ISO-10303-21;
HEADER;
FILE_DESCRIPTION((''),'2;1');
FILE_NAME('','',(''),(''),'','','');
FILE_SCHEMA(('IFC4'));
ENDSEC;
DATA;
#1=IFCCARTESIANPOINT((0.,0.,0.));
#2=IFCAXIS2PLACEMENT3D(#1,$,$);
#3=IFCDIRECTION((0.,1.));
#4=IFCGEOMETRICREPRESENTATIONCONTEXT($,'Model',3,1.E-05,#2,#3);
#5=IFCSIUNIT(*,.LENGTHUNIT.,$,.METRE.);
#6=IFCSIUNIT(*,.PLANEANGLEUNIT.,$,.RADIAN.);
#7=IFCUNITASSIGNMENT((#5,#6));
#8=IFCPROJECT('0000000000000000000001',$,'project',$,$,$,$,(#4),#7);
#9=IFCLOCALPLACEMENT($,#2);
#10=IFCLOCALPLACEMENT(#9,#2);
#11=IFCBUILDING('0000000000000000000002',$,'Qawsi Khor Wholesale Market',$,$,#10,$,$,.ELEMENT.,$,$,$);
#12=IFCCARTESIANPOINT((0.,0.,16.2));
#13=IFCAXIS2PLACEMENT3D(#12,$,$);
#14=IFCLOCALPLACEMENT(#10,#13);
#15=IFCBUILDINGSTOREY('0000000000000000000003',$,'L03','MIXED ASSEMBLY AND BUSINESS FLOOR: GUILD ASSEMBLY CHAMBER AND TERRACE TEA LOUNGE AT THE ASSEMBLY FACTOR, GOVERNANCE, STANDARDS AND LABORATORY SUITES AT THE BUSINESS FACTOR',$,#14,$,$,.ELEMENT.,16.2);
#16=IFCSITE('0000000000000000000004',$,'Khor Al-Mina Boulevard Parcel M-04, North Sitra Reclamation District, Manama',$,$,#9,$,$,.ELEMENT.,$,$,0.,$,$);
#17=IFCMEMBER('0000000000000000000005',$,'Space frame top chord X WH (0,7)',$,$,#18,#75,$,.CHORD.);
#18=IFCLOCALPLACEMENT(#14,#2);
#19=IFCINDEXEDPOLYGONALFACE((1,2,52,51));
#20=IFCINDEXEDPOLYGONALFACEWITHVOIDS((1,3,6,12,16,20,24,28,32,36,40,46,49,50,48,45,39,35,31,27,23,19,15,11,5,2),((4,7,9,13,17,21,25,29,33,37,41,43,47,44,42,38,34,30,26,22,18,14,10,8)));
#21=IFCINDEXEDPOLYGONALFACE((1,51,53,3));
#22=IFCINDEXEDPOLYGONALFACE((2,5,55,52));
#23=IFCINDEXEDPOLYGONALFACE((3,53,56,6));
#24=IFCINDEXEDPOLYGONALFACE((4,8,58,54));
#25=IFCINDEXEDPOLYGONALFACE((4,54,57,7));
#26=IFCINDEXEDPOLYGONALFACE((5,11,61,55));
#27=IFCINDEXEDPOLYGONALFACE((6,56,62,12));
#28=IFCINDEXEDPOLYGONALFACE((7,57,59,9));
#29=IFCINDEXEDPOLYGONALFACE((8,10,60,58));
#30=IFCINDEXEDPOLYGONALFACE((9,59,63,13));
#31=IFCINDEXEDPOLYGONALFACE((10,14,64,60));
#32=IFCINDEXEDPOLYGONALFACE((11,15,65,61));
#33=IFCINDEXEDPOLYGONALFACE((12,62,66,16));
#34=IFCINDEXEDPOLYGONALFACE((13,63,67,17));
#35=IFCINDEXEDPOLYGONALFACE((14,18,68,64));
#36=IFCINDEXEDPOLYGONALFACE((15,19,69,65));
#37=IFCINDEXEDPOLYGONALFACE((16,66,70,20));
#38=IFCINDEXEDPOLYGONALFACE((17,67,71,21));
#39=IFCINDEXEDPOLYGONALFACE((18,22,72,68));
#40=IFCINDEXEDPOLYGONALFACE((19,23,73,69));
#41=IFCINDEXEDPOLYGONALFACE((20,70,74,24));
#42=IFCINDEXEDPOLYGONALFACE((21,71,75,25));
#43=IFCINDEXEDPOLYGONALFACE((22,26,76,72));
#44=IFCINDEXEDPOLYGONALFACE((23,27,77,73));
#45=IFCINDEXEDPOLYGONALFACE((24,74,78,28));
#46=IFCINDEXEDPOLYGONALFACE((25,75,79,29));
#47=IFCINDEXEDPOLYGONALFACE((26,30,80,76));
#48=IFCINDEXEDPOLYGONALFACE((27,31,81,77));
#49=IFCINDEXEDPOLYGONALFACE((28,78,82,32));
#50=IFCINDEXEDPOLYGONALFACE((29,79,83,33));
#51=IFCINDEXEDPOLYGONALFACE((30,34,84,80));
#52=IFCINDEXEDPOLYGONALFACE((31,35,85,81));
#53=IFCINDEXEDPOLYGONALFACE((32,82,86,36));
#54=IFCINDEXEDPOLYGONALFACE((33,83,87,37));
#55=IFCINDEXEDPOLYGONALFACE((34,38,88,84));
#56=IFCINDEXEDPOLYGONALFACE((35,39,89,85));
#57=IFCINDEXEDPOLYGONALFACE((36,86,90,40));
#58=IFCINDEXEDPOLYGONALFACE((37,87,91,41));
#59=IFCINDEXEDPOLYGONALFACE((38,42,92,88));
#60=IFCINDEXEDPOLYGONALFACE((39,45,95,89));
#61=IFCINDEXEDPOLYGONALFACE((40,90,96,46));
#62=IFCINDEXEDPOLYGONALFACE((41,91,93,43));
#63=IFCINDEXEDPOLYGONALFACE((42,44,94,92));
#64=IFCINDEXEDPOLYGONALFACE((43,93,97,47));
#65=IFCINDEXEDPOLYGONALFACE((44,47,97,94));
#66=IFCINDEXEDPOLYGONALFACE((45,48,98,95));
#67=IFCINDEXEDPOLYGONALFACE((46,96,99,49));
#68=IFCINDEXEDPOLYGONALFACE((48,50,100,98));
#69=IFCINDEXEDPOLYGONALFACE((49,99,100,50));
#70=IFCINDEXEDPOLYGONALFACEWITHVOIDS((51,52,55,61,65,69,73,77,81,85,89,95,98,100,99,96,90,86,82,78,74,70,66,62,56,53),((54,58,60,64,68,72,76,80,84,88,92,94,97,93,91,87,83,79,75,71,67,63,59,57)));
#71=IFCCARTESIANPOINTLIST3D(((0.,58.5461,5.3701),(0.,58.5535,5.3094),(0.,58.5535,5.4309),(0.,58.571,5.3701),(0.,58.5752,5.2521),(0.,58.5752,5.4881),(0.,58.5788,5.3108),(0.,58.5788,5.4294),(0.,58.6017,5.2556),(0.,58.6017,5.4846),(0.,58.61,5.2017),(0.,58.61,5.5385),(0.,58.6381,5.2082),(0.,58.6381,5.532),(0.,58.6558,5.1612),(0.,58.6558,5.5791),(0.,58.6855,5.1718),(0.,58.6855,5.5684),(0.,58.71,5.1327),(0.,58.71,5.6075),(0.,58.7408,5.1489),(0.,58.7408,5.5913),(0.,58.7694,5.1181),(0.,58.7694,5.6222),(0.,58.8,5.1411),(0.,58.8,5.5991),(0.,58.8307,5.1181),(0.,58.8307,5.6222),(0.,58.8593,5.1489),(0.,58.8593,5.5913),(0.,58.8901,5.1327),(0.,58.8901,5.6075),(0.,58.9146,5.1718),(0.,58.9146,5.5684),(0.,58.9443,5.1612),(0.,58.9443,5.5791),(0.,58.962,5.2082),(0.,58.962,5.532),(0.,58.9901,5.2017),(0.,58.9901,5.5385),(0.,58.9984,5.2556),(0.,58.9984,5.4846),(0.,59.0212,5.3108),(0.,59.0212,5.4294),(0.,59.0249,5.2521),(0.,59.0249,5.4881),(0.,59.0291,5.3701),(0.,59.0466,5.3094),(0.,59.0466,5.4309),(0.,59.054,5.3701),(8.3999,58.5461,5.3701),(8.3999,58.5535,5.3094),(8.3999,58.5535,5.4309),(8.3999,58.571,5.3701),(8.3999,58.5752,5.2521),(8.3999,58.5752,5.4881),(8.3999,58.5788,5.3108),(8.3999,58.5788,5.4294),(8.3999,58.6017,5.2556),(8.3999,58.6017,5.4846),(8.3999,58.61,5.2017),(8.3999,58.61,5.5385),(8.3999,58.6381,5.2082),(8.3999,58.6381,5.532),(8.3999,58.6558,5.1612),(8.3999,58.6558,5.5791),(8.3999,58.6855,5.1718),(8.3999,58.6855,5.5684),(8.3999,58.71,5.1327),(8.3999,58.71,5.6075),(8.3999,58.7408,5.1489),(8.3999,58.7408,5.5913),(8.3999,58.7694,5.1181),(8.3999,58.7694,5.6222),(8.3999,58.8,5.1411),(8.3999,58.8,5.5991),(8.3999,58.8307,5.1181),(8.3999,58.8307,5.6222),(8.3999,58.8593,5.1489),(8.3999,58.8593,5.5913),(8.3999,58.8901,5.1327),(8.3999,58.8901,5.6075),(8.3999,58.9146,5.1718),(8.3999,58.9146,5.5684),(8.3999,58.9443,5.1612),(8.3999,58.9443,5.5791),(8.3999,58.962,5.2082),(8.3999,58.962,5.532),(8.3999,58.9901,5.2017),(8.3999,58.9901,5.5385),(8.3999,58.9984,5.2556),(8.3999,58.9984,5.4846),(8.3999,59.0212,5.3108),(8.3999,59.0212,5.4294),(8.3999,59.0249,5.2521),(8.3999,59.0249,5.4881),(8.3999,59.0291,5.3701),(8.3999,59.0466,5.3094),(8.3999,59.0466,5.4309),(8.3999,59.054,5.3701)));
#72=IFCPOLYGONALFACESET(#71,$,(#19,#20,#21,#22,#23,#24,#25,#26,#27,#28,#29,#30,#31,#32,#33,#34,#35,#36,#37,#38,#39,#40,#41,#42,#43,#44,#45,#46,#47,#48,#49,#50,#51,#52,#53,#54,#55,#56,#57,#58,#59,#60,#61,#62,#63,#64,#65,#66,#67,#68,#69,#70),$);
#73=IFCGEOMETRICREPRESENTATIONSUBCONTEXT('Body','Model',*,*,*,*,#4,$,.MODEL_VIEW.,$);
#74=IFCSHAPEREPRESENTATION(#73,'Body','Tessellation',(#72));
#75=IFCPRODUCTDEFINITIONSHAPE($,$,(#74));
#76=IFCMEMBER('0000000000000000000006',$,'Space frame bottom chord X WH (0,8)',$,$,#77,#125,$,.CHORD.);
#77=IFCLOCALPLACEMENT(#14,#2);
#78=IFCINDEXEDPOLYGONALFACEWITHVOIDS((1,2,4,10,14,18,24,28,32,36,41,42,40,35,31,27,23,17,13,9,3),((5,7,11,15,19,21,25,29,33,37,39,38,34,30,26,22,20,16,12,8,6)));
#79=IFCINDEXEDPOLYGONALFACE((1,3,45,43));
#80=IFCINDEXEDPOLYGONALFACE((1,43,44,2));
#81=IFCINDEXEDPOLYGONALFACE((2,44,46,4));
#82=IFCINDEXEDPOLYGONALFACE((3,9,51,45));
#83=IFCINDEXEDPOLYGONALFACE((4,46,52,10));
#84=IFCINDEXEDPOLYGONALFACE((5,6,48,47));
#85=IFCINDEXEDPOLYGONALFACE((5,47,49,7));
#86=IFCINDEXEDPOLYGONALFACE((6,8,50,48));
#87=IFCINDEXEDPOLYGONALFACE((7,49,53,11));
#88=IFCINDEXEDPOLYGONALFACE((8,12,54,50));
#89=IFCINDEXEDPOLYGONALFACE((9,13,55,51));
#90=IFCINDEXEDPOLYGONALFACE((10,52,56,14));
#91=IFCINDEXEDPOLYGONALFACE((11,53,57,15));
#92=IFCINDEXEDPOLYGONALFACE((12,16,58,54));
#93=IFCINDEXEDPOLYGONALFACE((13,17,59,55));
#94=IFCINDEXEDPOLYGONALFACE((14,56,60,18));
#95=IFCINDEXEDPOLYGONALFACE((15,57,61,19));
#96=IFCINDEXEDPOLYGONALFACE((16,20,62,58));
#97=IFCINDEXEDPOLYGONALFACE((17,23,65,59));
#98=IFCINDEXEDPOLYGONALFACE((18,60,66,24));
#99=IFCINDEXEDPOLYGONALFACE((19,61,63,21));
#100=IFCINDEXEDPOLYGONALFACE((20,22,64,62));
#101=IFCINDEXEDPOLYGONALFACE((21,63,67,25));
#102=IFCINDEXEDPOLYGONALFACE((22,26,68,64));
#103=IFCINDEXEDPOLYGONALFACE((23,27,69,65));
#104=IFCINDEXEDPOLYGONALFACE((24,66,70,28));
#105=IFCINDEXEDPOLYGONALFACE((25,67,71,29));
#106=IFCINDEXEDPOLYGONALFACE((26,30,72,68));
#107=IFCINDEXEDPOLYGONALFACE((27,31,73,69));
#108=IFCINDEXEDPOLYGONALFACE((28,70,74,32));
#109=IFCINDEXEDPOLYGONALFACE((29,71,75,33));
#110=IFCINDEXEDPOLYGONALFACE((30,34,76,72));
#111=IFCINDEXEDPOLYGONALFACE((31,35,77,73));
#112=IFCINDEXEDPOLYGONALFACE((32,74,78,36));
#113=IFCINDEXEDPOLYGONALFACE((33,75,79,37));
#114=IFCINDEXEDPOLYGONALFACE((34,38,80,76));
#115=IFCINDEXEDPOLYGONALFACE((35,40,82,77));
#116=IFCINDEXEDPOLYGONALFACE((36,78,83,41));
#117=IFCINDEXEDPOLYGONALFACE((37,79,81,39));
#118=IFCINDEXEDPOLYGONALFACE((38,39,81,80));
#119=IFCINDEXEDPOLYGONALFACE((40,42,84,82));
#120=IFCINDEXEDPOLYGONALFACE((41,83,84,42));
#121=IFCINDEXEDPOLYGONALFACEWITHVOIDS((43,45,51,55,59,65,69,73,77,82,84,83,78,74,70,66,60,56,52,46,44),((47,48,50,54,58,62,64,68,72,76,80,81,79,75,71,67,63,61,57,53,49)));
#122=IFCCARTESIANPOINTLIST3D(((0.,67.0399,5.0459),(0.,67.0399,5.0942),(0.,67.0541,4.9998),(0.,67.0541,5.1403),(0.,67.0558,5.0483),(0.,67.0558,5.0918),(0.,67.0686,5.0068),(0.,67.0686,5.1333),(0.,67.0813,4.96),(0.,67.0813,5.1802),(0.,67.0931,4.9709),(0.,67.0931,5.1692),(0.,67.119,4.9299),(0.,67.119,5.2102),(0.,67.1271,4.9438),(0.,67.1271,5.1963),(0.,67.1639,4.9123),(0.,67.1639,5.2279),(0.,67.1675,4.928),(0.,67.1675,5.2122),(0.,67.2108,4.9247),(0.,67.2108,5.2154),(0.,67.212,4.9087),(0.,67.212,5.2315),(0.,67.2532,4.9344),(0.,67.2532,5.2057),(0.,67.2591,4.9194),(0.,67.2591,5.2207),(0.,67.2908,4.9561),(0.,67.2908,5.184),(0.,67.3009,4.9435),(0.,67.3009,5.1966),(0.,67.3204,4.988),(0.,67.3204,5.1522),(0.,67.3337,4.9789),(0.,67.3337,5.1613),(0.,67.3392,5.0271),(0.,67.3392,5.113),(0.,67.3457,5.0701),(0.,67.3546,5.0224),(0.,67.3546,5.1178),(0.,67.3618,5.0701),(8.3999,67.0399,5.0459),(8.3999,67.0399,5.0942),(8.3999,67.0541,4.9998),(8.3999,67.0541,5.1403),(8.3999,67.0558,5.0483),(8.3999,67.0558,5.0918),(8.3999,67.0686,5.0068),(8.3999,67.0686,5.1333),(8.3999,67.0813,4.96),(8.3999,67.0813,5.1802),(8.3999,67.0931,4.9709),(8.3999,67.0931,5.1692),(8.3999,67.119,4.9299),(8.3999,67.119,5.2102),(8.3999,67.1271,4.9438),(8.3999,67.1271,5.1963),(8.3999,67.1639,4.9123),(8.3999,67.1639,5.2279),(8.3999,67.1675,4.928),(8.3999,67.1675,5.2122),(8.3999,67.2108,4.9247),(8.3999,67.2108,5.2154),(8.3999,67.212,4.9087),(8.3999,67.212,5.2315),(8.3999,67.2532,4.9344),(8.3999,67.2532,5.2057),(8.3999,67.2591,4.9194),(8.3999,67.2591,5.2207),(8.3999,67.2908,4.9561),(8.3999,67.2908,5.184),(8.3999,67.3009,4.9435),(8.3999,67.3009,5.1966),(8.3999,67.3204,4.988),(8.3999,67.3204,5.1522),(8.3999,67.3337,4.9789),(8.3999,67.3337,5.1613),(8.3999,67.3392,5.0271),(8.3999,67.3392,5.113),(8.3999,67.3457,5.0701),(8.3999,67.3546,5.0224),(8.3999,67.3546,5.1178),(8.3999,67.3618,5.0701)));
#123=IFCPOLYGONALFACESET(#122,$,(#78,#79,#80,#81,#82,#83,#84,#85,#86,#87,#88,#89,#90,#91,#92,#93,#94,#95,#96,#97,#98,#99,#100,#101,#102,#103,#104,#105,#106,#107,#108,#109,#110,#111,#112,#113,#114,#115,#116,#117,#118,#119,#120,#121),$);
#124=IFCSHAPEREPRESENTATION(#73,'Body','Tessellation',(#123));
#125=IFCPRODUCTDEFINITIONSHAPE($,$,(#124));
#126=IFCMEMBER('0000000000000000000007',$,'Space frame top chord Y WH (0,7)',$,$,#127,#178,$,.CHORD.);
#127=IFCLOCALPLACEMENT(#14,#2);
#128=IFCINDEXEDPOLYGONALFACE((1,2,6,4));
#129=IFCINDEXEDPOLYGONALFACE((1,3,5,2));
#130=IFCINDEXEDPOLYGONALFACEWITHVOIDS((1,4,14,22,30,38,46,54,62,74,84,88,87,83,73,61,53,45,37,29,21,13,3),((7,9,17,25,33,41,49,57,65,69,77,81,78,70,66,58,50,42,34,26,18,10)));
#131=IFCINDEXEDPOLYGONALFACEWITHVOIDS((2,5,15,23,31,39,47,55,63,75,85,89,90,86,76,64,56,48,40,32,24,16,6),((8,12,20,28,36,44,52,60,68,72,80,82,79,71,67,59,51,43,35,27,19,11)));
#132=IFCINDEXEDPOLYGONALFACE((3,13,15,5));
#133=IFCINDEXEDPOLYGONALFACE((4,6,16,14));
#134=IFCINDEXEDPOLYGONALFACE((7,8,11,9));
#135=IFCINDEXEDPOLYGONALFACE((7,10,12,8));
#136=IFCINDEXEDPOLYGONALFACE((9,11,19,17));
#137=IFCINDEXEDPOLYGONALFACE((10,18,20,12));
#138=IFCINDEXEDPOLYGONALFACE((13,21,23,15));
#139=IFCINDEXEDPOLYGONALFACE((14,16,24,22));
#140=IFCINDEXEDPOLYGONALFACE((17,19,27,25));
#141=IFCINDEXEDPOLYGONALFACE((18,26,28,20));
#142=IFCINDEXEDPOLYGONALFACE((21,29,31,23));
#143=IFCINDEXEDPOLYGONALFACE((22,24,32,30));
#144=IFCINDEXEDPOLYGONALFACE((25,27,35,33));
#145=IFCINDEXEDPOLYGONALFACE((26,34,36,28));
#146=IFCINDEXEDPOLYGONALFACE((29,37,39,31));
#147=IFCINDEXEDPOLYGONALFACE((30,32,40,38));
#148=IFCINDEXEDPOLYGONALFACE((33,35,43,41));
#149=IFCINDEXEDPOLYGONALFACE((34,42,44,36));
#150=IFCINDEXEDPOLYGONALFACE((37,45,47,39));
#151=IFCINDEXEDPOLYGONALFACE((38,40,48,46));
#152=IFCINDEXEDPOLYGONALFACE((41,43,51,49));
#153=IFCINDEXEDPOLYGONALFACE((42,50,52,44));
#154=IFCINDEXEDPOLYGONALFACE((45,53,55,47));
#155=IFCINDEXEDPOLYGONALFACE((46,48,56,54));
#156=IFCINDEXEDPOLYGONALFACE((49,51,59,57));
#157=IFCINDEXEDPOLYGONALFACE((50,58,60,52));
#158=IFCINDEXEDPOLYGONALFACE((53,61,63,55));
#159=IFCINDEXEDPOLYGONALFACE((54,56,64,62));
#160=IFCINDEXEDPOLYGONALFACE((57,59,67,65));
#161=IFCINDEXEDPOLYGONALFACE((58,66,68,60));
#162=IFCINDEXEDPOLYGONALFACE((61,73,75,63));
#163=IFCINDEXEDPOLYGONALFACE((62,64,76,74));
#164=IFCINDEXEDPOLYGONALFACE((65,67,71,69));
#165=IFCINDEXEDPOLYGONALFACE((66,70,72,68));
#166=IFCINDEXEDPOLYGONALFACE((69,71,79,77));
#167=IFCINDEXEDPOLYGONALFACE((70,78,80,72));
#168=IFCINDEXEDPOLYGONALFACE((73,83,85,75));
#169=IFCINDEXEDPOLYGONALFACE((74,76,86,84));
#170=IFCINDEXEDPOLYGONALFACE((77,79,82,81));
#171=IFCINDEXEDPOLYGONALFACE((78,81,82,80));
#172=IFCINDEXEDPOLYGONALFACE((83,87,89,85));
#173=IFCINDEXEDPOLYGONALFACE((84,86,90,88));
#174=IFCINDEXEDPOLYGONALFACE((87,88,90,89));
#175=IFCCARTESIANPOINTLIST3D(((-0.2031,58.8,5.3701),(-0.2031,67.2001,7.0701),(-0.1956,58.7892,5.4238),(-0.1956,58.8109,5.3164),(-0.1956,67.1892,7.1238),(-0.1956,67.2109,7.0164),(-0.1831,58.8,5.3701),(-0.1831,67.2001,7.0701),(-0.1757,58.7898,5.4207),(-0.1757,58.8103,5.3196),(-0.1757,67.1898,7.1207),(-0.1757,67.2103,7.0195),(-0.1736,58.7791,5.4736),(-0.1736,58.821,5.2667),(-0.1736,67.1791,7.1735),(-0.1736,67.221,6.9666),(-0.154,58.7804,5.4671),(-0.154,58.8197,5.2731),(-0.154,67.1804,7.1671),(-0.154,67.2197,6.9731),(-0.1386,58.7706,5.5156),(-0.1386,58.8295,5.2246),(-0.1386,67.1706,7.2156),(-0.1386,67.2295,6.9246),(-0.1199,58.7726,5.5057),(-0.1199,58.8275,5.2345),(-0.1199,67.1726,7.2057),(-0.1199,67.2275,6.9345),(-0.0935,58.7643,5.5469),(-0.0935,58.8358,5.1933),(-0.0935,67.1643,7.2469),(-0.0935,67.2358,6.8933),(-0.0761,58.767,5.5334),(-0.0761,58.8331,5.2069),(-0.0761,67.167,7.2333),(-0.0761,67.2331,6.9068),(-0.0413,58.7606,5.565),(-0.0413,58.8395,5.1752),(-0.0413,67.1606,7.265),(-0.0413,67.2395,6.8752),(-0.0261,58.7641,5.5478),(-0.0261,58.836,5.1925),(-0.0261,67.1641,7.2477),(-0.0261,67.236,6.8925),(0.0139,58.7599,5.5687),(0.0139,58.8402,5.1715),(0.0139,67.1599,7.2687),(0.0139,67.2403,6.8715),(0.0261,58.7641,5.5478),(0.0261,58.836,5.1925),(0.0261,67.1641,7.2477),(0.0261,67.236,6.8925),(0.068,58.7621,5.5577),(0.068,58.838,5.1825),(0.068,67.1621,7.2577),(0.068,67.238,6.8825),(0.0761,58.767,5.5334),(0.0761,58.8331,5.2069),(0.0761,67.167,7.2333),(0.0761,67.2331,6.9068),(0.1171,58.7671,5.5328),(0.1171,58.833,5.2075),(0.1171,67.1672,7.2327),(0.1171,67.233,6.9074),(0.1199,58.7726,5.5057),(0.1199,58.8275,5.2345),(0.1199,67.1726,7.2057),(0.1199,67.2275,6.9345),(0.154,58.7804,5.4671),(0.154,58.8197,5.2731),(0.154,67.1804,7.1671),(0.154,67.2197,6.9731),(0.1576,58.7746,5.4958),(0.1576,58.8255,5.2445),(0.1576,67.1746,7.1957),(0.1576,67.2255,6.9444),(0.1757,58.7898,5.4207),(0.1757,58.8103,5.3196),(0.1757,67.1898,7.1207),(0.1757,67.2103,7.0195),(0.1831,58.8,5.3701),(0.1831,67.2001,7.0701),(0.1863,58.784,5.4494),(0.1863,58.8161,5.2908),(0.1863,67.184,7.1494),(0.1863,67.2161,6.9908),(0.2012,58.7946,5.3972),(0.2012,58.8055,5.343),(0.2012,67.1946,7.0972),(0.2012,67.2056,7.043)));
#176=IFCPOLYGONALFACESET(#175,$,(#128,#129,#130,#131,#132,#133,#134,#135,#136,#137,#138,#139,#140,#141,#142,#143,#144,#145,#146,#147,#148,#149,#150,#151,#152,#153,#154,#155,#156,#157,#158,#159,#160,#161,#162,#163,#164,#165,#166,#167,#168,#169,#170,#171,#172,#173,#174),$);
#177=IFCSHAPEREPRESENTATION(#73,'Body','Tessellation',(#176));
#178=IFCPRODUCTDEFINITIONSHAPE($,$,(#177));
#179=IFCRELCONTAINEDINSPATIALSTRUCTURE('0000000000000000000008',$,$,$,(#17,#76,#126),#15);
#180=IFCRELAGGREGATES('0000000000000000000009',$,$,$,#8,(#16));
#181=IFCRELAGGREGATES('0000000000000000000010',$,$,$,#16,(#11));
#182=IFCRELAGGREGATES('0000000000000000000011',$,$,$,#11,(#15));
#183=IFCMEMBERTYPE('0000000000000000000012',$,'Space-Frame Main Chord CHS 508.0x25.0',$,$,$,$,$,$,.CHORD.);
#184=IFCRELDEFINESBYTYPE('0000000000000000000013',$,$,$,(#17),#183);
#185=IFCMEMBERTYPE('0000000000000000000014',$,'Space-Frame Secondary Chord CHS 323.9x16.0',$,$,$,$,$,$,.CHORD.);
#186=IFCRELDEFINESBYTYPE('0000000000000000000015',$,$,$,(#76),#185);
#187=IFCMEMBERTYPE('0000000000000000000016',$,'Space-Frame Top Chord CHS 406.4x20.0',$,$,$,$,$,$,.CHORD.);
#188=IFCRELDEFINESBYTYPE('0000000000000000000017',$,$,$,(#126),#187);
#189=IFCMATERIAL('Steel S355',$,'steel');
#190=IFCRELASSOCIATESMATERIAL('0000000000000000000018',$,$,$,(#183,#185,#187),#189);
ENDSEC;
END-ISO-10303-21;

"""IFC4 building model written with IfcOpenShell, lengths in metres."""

from ifc_helpers import new_model, si_unit, direction, frame, origin, origin_2d, place, context, subcontext, project, spatial, hollow_circle, extrude, material, material_profile, profile_set, type_object, element, save


model = new_model("IFC4")

# Units and contexts
model_context = context("Model", 3, precision=1e-05, world=origin(), true_north=direction((0.0, 1.0)))
body_context = subcontext(model_context, "Body", "Model", "MODEL_VIEW")
ifc_project = project(units=[si_unit("LENGTHUNIT", "METRE"), si_unit("PLANEANGLEUNIT", "RADIAN")], contexts=[model_context])

# Site, building, storey
site_placement = place(None, origin())
site = spatial("IfcSite", under=ifc_project, at=site_placement, Name="Khor Al-Mina Boulevard Parcel M-04, North Sitra Reclamation District, Manama", CompositionType="ELEMENT", RefElevation=0.0)
building_placement = place(site_placement, origin())
building = spatial("IfcBuilding", under=site, at=building_placement, Name="Qawsi Khor Wholesale Market", CompositionType="ELEMENT")
storey_placement = place(building_placement, frame((0.0, 0.0, 16.2)))
storey = spatial("IfcBuildingStorey", under=building, at=storey_placement, Name="L03", Description="MIXED ASSEMBLY AND BUSINESS FLOOR: GUILD ASSEMBLY CHAMBER AND TERRACE TEA LOUNGE AT THE ASSEMBLY FACTOR, GOVERNANCE, STANDARDS AND LABORATORY SUITES AT THE BUSINESS FACTOR", CompositionType="ELEMENT", Elevation=16.2)

# Members
ifc_material_1 = material(Name="Steel S355", Category="steel")
ifc_material_profile_1 = material_profile(ifc_material_1, hollow_circle(Radius=0.2539, WallThickness=0.0249, at=origin_2d()), Name="CHS 508.0x25.0")
ifc_profile_set_1 = profile_set([ifc_material_profile_1], Name="Steel S355")
member_type_1 = type_object("IfcMemberType", Name="Space-Frame Main Chord CHS 508.0x25.0", PredefinedType="CHORD", material=ifc_profile_set_1)
member_1_placement = place(storey_placement, frame((0.0, 58.8, 5.3701), z_axis=(1.0, 0.0, 0.0), x_axis=(0.0, 1.0, 0.0)))
element("IfcMember", 1, at=member_1_placement, inside=storey, type_object=member_type_1, Name="Space frame top chord X WH (0,7)", PredefinedType="CHORD", context=body_context, shape_type="SweptSolid", body=[
    extrude(hollow_circle(Radius=0.2539, WallThickness=0.0249, at=origin_2d()), origin(), (0.0, 0.0, 1.0), 8.3999),
])
ifc_material_profile_2 = material_profile(ifc_material_1, hollow_circle(Radius=0.1619, WallThickness=0.0161, at=origin_2d()), Name="CHS 323.9x16.0")
ifc_profile_set_2 = profile_set([ifc_material_profile_2], Name="Steel S355")
member_type_2 = type_object("IfcMemberType", Name="Space-Frame Secondary Chord CHS 323.9x16.0", PredefinedType="CHORD", material=ifc_profile_set_2)
member_2_placement = place(storey_placement, frame((0.0, 67.2, 5.0701), z_axis=(1.0, 0.0, 0.0), x_axis=(0.0, 1.0, 0.0)))
element("IfcMember", 2, at=member_2_placement, inside=storey, type_object=member_type_2, Name="Space frame bottom chord X WH (0,8)", PredefinedType="CHORD", context=body_context, shape_type="SweptSolid", body=[
    extrude(hollow_circle(Radius=0.1619, WallThickness=0.0161, at=origin_2d()), origin(), (0.0, 0.0, 1.0), 8.3999),
])
ifc_material_profile_3 = material_profile(ifc_material_1, hollow_circle(Radius=0.2031, WallThickness=0.02, at=origin_2d()), Name="CHS 406.4x20.0")
ifc_profile_set_3 = profile_set([ifc_material_profile_3], Name="Steel S355")
member_type_3 = type_object("IfcMemberType", Name="Space-Frame Top Chord CHS 406.4x20.0", PredefinedType="CHORD", material=ifc_profile_set_3)
member_3_placement = place(storey_placement, frame((0.0, 58.8, 5.3701), z_axis=(0.0, 0.98013, 0.198356), x_axis=(-1.0, 0.0, 0.0)))
element("IfcMember", 3, at=member_3_placement, inside=storey, type_object=member_type_3, Name="Space frame top chord Y WH (0,7)", PredefinedType="CHORD", context=body_context, shape_type="SweptSolid", body=[
    extrude(hollow_circle(Radius=0.2031, WallThickness=0.02, at=origin_2d()), origin(), (0.0, 0.0, 1.0), 8.5703),
])

save(model, "model.ifc")
